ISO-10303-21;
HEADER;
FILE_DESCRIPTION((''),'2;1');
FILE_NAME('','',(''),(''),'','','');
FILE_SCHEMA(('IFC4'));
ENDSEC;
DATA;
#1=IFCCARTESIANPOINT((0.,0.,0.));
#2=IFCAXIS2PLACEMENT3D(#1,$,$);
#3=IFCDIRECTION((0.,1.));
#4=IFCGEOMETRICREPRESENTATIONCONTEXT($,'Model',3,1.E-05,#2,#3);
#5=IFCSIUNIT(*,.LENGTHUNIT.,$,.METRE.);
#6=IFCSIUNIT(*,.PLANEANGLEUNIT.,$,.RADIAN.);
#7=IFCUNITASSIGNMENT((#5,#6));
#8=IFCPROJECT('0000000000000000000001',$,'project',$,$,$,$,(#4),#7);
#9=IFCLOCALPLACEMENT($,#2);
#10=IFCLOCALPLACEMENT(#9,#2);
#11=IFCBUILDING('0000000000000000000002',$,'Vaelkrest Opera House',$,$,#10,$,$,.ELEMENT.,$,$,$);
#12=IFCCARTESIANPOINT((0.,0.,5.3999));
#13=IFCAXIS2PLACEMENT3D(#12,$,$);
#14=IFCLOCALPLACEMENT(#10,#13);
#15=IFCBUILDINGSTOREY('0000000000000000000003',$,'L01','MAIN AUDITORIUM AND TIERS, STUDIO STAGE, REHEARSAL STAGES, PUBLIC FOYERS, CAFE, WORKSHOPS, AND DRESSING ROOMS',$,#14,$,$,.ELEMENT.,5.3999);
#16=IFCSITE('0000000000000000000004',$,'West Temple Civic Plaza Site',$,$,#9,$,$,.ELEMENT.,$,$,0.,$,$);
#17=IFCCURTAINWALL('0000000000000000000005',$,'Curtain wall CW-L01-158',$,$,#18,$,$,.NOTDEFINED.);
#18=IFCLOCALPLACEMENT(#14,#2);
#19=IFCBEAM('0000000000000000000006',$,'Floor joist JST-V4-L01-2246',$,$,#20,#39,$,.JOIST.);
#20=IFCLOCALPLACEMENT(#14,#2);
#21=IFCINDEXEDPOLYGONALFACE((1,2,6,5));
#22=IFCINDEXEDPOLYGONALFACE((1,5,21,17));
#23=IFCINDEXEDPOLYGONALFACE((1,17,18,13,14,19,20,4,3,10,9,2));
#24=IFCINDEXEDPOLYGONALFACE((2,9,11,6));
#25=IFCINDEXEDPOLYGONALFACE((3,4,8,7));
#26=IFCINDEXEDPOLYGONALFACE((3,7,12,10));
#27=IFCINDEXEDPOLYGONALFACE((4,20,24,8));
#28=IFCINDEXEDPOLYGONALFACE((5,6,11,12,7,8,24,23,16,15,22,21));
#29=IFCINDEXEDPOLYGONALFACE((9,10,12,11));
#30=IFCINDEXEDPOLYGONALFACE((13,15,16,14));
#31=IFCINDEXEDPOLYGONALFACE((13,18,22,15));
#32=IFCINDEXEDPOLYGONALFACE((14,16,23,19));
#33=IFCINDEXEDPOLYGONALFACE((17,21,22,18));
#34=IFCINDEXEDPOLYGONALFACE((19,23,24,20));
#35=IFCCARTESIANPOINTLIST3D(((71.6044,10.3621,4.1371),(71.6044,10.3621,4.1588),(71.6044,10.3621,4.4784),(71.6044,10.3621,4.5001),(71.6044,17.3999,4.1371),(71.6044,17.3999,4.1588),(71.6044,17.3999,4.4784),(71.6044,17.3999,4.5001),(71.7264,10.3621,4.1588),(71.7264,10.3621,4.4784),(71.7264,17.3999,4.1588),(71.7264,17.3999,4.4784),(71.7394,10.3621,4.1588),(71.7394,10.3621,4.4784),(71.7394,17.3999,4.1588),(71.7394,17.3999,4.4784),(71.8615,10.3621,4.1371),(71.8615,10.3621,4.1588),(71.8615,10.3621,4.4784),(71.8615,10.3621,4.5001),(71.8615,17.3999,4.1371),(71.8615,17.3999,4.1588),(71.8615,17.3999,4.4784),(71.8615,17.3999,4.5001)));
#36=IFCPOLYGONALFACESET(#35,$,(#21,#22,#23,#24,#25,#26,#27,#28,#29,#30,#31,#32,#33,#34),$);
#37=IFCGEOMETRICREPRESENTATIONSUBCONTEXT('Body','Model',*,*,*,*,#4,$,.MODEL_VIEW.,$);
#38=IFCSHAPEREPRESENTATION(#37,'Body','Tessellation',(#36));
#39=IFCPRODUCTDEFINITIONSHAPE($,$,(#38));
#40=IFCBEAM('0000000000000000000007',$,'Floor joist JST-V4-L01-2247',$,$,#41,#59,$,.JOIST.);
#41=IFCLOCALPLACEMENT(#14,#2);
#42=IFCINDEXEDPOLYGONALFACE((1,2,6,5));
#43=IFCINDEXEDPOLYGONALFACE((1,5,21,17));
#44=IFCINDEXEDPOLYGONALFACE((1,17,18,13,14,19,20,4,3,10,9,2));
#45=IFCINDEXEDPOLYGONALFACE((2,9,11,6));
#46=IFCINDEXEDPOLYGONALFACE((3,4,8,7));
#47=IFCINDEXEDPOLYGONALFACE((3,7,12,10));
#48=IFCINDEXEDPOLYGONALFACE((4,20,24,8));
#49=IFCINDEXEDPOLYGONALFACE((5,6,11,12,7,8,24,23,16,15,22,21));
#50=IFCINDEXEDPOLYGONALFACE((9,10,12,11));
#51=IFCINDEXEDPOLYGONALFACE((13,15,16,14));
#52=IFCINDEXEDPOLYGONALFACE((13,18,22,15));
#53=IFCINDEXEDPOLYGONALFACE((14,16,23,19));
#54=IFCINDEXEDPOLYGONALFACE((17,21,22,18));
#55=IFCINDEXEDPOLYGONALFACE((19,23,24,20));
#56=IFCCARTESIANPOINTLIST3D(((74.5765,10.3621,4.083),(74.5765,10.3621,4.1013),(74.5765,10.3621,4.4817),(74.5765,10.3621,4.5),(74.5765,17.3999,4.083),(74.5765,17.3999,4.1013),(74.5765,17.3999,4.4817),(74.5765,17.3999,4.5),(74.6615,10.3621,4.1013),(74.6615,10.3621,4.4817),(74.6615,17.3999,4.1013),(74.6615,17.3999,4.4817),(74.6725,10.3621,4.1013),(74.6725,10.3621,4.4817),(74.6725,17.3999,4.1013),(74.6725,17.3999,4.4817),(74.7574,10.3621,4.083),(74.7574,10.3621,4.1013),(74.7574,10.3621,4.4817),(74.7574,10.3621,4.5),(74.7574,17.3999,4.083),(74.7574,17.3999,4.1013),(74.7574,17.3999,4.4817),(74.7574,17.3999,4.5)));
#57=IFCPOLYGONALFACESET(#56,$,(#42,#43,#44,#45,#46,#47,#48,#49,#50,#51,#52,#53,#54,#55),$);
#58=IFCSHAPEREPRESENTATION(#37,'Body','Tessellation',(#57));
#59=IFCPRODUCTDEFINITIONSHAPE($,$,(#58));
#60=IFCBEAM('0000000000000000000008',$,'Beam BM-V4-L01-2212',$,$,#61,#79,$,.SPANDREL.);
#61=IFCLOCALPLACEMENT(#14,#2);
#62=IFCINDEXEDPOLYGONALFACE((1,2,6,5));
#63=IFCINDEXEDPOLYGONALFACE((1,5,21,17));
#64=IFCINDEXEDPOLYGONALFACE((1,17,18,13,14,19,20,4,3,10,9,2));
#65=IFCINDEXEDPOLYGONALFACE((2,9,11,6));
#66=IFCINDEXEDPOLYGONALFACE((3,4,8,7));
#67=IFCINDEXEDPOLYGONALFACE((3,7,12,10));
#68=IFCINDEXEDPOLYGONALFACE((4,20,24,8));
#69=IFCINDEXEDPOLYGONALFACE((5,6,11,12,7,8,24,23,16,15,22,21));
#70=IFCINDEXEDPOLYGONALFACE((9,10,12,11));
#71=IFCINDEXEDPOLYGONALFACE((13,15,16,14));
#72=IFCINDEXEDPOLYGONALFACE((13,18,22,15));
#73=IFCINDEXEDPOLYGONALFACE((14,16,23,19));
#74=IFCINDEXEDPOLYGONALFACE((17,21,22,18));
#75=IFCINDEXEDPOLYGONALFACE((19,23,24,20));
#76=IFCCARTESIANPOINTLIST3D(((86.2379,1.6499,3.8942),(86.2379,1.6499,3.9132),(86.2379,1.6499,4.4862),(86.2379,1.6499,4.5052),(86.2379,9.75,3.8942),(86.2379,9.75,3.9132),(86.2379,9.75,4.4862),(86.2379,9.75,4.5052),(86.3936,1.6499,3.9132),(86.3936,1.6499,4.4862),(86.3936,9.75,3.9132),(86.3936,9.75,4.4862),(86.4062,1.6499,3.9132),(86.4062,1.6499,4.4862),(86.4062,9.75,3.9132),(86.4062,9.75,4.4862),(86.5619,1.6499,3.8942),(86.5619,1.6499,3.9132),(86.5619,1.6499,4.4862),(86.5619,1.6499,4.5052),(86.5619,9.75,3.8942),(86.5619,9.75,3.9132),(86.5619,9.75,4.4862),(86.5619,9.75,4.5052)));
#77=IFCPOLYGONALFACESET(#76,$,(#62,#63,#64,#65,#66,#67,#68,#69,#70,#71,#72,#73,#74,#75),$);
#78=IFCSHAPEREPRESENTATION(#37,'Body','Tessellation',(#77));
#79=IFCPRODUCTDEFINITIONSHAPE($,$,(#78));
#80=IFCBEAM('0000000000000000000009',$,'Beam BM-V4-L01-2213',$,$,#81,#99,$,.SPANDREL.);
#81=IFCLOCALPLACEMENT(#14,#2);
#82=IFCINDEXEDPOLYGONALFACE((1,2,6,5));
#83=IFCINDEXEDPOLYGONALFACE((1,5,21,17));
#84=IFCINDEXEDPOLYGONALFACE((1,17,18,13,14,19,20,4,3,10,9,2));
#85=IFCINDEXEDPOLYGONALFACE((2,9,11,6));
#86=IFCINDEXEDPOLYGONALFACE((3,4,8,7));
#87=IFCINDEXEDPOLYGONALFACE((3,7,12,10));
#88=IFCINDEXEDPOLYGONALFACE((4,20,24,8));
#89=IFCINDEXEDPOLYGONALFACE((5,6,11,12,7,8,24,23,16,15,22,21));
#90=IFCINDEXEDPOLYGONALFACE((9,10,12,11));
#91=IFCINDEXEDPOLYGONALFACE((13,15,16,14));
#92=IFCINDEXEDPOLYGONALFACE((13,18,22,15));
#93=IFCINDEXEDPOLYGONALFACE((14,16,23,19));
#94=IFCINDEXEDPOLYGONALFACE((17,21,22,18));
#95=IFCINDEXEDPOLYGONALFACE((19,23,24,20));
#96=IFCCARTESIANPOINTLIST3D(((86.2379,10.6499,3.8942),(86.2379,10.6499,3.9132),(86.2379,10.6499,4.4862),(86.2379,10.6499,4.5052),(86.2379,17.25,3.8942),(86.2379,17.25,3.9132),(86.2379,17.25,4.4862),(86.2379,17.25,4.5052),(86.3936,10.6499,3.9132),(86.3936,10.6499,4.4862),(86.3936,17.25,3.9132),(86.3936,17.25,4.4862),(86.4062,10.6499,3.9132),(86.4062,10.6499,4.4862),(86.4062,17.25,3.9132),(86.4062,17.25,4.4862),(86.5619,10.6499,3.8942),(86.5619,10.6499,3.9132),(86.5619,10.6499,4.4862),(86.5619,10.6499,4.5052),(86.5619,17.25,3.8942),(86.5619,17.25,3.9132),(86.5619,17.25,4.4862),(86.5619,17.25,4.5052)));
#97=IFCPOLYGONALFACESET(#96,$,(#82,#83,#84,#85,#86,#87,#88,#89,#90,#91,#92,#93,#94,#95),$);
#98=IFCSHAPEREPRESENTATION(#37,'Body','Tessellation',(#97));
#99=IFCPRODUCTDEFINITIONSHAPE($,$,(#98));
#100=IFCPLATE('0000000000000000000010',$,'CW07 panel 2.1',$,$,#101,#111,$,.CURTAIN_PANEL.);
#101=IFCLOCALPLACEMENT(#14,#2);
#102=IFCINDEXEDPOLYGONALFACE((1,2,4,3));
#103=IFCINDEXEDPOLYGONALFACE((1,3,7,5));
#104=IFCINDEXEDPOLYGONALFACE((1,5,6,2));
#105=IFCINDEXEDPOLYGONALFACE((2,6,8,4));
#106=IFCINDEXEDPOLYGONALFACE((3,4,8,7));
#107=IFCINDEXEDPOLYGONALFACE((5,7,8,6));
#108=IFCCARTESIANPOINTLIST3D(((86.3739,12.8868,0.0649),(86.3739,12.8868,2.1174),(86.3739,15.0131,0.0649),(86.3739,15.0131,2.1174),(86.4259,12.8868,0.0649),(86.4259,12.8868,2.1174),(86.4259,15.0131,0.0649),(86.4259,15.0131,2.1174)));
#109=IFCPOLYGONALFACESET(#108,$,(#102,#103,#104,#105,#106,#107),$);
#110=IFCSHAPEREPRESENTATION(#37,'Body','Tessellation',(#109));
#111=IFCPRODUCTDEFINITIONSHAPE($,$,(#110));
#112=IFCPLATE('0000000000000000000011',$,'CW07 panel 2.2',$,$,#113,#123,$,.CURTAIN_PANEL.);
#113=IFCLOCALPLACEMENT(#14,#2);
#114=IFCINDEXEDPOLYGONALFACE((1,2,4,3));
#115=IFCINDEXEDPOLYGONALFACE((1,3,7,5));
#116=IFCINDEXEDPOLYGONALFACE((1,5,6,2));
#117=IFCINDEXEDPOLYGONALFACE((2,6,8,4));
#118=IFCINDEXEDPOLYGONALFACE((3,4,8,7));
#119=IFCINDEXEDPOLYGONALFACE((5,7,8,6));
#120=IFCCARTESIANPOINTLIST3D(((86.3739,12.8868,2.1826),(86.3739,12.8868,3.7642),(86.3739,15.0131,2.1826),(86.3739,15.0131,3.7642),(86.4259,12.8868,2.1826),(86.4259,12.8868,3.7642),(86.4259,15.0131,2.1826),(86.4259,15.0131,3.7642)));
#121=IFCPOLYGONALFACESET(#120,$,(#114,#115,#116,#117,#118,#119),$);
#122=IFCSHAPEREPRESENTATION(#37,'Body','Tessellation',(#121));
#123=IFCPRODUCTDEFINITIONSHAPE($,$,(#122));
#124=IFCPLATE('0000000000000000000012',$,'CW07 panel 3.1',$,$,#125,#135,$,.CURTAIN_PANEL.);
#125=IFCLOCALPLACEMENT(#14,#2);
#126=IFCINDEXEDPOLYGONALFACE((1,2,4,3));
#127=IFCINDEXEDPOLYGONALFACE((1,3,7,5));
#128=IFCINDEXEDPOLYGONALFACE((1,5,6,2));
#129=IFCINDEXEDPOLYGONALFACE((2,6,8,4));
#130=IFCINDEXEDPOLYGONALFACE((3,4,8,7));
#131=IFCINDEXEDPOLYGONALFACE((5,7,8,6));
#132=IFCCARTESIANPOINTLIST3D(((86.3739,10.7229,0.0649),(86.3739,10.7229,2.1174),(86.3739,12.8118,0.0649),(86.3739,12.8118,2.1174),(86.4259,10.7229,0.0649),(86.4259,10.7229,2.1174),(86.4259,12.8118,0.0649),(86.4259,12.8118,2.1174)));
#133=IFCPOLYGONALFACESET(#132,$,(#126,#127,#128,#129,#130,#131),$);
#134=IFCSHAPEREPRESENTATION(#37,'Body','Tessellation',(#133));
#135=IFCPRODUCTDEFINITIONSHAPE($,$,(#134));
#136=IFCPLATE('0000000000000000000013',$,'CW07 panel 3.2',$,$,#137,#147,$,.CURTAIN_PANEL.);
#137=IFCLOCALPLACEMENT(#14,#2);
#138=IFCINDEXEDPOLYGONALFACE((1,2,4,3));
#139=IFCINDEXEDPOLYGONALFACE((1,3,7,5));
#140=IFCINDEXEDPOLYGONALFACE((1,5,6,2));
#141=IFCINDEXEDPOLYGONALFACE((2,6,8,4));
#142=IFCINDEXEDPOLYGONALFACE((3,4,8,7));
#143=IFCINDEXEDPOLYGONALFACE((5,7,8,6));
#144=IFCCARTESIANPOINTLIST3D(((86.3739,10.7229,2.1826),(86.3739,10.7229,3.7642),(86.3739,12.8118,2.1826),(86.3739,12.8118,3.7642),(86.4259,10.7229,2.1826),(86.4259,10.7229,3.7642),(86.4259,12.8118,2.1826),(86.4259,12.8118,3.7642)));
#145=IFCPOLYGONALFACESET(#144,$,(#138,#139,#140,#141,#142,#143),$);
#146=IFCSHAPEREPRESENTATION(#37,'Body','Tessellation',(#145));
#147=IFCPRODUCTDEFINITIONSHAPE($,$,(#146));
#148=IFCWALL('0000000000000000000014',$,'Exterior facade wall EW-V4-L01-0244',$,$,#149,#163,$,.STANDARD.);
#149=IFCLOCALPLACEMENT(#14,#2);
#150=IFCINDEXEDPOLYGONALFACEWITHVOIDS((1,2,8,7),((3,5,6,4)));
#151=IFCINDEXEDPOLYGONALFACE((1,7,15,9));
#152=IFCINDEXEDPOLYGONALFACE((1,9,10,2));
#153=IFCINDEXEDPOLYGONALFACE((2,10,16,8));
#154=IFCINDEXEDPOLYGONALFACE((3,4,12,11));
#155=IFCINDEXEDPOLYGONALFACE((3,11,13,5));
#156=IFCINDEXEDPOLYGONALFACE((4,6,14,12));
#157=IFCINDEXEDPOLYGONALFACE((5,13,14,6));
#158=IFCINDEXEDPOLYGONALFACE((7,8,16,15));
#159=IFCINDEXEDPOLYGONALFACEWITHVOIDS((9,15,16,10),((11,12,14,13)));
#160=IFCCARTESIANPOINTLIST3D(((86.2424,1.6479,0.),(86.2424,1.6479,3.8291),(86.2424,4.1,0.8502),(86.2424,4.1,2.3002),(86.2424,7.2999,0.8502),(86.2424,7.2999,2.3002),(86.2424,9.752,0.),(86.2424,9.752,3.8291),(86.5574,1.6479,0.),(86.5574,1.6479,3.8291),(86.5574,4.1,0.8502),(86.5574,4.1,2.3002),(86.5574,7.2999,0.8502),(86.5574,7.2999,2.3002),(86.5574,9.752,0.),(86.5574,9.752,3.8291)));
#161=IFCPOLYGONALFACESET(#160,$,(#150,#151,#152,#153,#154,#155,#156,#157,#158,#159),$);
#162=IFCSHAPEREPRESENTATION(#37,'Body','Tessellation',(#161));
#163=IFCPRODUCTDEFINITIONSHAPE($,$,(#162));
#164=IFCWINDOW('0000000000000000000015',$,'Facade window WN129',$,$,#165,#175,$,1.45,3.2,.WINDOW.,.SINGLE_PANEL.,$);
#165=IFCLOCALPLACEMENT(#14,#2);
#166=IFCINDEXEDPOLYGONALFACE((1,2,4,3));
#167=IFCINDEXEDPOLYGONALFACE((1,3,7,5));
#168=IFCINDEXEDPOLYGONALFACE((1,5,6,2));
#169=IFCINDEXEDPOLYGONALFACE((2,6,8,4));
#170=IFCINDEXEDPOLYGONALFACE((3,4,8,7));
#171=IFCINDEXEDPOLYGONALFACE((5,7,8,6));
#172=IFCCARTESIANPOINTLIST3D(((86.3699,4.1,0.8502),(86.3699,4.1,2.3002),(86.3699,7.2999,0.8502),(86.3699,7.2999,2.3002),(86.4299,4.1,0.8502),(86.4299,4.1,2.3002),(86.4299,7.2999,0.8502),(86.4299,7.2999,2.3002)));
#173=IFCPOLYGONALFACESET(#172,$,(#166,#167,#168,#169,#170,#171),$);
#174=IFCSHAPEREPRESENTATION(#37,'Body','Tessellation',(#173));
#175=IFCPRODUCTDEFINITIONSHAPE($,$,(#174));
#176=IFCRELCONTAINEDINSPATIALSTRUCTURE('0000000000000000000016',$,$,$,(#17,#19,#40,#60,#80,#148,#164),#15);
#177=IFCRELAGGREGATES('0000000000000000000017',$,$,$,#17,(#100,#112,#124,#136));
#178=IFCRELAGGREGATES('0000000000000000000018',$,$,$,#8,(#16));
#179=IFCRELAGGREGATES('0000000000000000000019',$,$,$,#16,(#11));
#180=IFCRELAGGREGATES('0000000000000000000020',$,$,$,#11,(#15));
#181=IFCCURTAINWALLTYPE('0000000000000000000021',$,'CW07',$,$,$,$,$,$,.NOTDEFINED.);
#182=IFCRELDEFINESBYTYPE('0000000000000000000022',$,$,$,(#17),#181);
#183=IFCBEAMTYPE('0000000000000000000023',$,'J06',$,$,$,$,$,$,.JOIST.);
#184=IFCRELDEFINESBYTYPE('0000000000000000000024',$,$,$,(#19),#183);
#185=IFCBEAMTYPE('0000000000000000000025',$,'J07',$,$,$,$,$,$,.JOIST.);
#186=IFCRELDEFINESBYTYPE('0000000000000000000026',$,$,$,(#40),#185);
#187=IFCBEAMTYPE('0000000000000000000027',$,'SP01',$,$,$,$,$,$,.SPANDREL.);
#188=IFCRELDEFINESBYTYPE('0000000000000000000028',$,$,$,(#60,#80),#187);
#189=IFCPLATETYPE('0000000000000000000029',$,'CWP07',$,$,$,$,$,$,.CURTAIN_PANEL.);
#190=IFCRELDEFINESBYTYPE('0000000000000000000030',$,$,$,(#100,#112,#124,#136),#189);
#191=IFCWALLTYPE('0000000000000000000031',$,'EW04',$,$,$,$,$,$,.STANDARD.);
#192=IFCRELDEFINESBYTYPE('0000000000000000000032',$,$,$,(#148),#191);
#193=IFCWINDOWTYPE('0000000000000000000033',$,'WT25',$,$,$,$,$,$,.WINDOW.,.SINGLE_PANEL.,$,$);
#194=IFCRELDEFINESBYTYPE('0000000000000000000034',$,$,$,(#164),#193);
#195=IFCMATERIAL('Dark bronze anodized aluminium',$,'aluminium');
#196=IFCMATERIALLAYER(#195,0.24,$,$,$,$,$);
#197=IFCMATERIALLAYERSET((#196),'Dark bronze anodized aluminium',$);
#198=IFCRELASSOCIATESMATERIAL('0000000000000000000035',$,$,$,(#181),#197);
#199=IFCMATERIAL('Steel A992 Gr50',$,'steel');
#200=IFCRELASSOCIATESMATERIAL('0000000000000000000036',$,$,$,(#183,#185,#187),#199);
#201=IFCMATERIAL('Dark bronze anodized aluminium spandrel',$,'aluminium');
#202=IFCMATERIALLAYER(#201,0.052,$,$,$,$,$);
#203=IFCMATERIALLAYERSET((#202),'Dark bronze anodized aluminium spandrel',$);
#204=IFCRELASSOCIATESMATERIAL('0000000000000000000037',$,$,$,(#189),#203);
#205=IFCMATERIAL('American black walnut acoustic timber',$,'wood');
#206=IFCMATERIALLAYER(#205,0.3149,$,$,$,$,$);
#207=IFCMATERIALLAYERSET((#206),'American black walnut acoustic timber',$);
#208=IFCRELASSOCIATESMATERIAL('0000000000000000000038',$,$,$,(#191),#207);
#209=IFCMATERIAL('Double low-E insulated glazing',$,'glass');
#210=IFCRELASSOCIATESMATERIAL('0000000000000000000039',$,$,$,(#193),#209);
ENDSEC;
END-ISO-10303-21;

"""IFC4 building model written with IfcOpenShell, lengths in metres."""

from ifc_helpers import new_model, si_unit, direction, frame, frame_2d, origin, origin_2d, place, context, subcontext, project, spatial, rectangle, i_section, extrude, material, layer, layer_set, material_profile, profile_set, type_object, element, fill, aggregate, save


model = new_model("IFC4")

# Units and contexts
model_context = context("Model", 3, precision=1e-05, world=origin(), true_north=direction((0.0, 1.0)))
body_context = subcontext(model_context, "Body", "Model", "MODEL_VIEW")
ifc_project = project(units=[si_unit("LENGTHUNIT", "METRE"), si_unit("PLANEANGLEUNIT", "RADIAN")], contexts=[model_context])

# Site, building, storey
site_placement = place(None, origin())
site = spatial("IfcSite", under=ifc_project, at=site_placement, Name="West Temple Civic Plaza Site", CompositionType="ELEMENT", RefElevation=0.0)
building_placement = place(site_placement, origin())
building = spatial("IfcBuilding", under=site, at=building_placement, Name="Vaelkrest Opera House", CompositionType="ELEMENT")
storey_placement = place(building_placement, frame((0.0, 0.0, 5.3999)))
storey = spatial("IfcBuildingStorey", under=building, at=storey_placement, Name="L01", Description="MAIN AUDITORIUM AND TIERS, STUDIO STAGE, REHEARSAL STAGES, PUBLIC FOYERS, CAFE, WORKSHOPS, AND DRESSING ROOMS", CompositionType="ELEMENT", Elevation=5.3999)

# Shared definitions
ifc_material_1 = material(Name="Steel A992 Gr50", Category="steel")

# Curtain wall
ifc_material_2 = material(Name="Dark bronze anodized aluminium", Category="aluminium")
ifc_layer_1 = layer(ifc_material_2, 0.24)
ifc_layer_set_1 = layer_set([ifc_layer_1], Name="Dark bronze anodized aluminium")
curtain_wall_type = type_object("IfcCurtainWallType", Name="CW07", PredefinedType="NOTDEFINED", material=ifc_layer_set_1)
curtain_wall_placement = place(storey_placement, origin())
curtain_wall = element("IfcCurtainWall", 1, at=curtain_wall_placement, inside=storey, type_object=curtain_wall_type, Name="Curtain wall CW-L01-158", PredefinedType="NOTDEFINED")

# Beams
ifc_material_profile_1 = material_profile(ifc_material_1, i_section(OverallWidth=0.2571, OverallDepth=0.363, WebThickness=0.0129, FlangeThickness=0.0217, at=origin_2d()), Name="W14X82")
ifc_profile_set_1 = profile_set([ifc_material_profile_1], Name="Steel A992 Gr50")
beam_type_1 = type_object("IfcBeamType", Name="J06", PredefinedType="JOIST", material=ifc_profile_set_1)
beam_1_placement = place(storey_placement, frame((71.7329, 10.3621, 4.3186), z_axis=(0.0, 1.0, 0.0), x_axis=(-1.0, 0.0, 0.0)))
element("IfcBeam", 2, at=beam_1_placement, inside=storey, type_object=beam_type_1, Name="Floor joist JST-V4-L01-2246", PredefinedType="JOIST", context=body_context, shape_type="SweptSolid", body=[
    extrude(i_section(OverallWidth=0.2571, OverallDepth=0.363, WebThickness=0.0129, FlangeThickness=0.0217, at=origin_2d()), origin(), (0.0, 0.0, 1.0), 7.0378),
])
ifc_material_profile_2 = material_profile(ifc_material_1, i_section(OverallWidth=0.1809, OverallDepth=0.417, WebThickness=0.011, FlangeThickness=0.0183, at=origin_2d()), Name="W16X57")
ifc_profile_set_2 = profile_set([ifc_material_profile_2], Name="Steel A992 Gr50")
beam_type_2 = type_object("IfcBeamType", Name="J07", PredefinedType="JOIST", material=ifc_profile_set_2)
beam_2_placement = place(storey_placement, frame((74.667, 10.3621, 4.2915), z_axis=(0.0, 1.0, 0.0), x_axis=(-1.0, 0.0, 0.0)))
element("IfcBeam", 3, at=beam_2_placement, inside=storey, type_object=beam_type_2, Name="Floor joist JST-V4-L01-2247", PredefinedType="JOIST", context=body_context, shape_type="SweptSolid", body=[
    extrude(i_section(OverallWidth=0.1809, OverallDepth=0.417, WebThickness=0.011, FlangeThickness=0.0183, at=origin_2d()), origin(), (0.0, 0.0, 1.0), 7.0378),
])
ifc_material_profile_3 = material_profile(ifc_material_1, i_section(OverallWidth=0.324, OverallDepth=0.6111, WebThickness=0.0127, FlangeThickness=0.019, at=origin_2d()), Name="W24X104")
ifc_profile_set_3 = profile_set([ifc_material_profile_3], Name="Steel A992 Gr50")
beam_type_3 = type_object("IfcBeamType", Name="SP01", PredefinedType="SPANDREL", material=ifc_profile_set_3)
beam_3_placement = place(storey_placement, frame((86.3999, 1.6499, 4.1997), z_axis=(0.0, 1.0, 0.0), x_axis=(-1.0, 0.0, 0.0)))
element("IfcBeam", 4, at=beam_3_placement, inside=storey, type_object=beam_type_3, Name="Beam BM-V4-L01-2212", PredefinedType="SPANDREL", context=body_context, shape_type="SweptSolid", body=[
    extrude(i_section(OverallWidth=0.324, OverallDepth=0.6111, WebThickness=0.0127, FlangeThickness=0.019, at=origin_2d()), origin(), (0.0, 0.0, 1.0), 8.1001),
])
beam_4_placement = place(storey_placement, frame((86.3999, 10.6499, 4.1997), z_axis=(0.0, 1.0, 0.0), x_axis=(-1.0, 0.0, 0.0)))
element("IfcBeam", 5, at=beam_4_placement, inside=storey, type_object=beam_type_3, Name="Beam BM-V4-L01-2213", PredefinedType="SPANDREL", context=body_context, shape_type="SweptSolid", body=[
    extrude(i_section(OverallWidth=0.324, OverallDepth=0.6111, WebThickness=0.0127, FlangeThickness=0.019, at=origin_2d()), origin(), (0.0, 0.0, 1.0), 6.6001),
])

# Plates
ifc_material_3 = material(Name="Dark bronze anodized aluminium spandrel", Category="aluminium")
ifc_layer_2 = layer(ifc_material_3, 0.052)
ifc_layer_set_2 = layer_set([ifc_layer_2], Name="Dark bronze anodized aluminium spandrel")
plate_type = type_object("IfcPlateType", Name="CWP07", PredefinedType="CURTAIN_PANEL", material=ifc_layer_set_2)
plate_1_placement = place(storey_placement, frame((86.3999, 13.95, 0.0649), z_axis=(0.0, 0.0, 1.0), x_axis=(0.0, -1.0, 0.0)))
plate_1 = element("IfcPlate", 6, at=plate_1_placement, type_object=plate_type, Name="CW07 panel 2.1", PredefinedType="CURTAIN_PANEL", context=body_context, shape_type="SweptSolid", body=[
    extrude(rectangle(XDim=2.1262, YDim=0.052, at=origin_2d()), origin(), (0.0, 0.0, 1.0), 2.0525),
])
plate_2_placement = place(storey_placement, frame((86.3999, 13.95, 2.1826), z_axis=(0.0, 0.0, 1.0), x_axis=(0.0, -1.0, 0.0)))
plate_2 = element("IfcPlate", 7, at=plate_2_placement, type_object=plate_type, Name="CW07 panel 2.2", PredefinedType="CURTAIN_PANEL", context=body_context, shape_type="SweptSolid", body=[
    extrude(rectangle(XDim=2.1262, YDim=0.052, at=origin_2d()), origin(), (0.0, 0.0, 1.0), 1.5815),
])
plate_3_placement = place(storey_placement, frame((86.3999, 11.7673, 0.0649), z_axis=(0.0, 0.0, 1.0), x_axis=(0.0, -1.0, 0.0)))
plate_3 = element("IfcPlate", 8, at=plate_3_placement, type_object=plate_type, Name="CW07 panel 3.1", PredefinedType="CURTAIN_PANEL", context=body_context, shape_type="SweptSolid", body=[
    extrude(rectangle(XDim=2.0889, YDim=0.052, at=origin_2d()), origin(), (0.0, 0.0, 1.0), 2.0525),
])
plate_4_placement = place(storey_placement, frame((86.3999, 11.7673, 2.1826), z_axis=(0.0, 0.0, 1.0), x_axis=(0.0, -1.0, 0.0)))
plate_4 = element("IfcPlate", 9, at=plate_4_placement, type_object=plate_type, Name="CW07 panel 3.2", PredefinedType="CURTAIN_PANEL", context=body_context, shape_type="SweptSolid", body=[
    extrude(rectangle(XDim=2.0889, YDim=0.052, at=origin_2d()), origin(), (0.0, 0.0, 1.0), 1.5815),
])
aggregate(curtain_wall, [plate_1, plate_2, plate_3, plate_4])

# Wall, opening, window
ifc_material_4 = material(Name="American black walnut acoustic timber", Category="wood")
ifc_layer_3 = layer(ifc_material_4, 0.3149)
ifc_layer_set_3 = layer_set([ifc_layer_3], Name="American black walnut acoustic timber")
wall_type = type_object("IfcWallType", Name="EW04", PredefinedType="STANDARD", material=ifc_layer_set_3)
wall_placement = place(storey_placement, frame((86.3999, 9.752, 0.0), z_axis=(0.0, 0.0, 1.0), x_axis=(0.0, -1.0, 0.0)))
wall = element("IfcWall", 10, at=wall_placement, inside=storey, type_object=wall_type, Name="Exterior facade wall EW-V4-L01-0244", PredefinedType="STANDARD", context=body_context, shape_type="SweptSolid", body=[
    extrude(rectangle(XDim=8.104, YDim=0.3149, at=frame_2d((4.052, 0.0))), origin(), (0.0, 0.0, 1.0), 3.8291),
])
opening_placement = place(wall_placement, frame((2.4519, 0.0, 0.8501)))
opening = element("IfcOpeningElement", 11, at=opening_placement, cuts=wall, PredefinedType="OPENING", context=body_context, shape_type="SweptSolid", body=[
    extrude(rectangle(XDim=3.2, YDim=1.45, at=frame_2d((1.6001, 0.7251))), frame((0.0, 0.1675, 0.0), z_axis=(0.0, -1.0, 0.0), x_axis=(1.0, 0.0, 0.0)), (0.0, 0.0, 1.0), 0.335),
])
ifc_material_5 = material(Name="Double low-E insulated glazing", Category="glass")
window_type = type_object("IfcWindowType", Name="WT25", PartitioningType="SINGLE_PANEL", PredefinedType="WINDOW", material=ifc_material_5)
window_placement = place(opening_placement, origin())
window = element("IfcWindow", 12, at=window_placement, inside=storey, type_object=window_type, Name="Facade window WN129", OverallHeight=1.45, OverallWidth=3.2, PartitioningType="SINGLE_PANEL", PredefinedType="WINDOW", context=body_context, shape_type="SweptSolid", body=[
    extrude(rectangle(XDim=3.2, YDim=1.45, at=frame_2d((1.6001, 0.7251))), frame((0.0, 0.03, 0.0), z_axis=(0.0, -1.0, 0.0), x_axis=(1.0, 0.0, 0.0)), (0.0, 0.0, 1.0), 0.0601),
])
fill(opening, window)

save(model, "model.ifc")
